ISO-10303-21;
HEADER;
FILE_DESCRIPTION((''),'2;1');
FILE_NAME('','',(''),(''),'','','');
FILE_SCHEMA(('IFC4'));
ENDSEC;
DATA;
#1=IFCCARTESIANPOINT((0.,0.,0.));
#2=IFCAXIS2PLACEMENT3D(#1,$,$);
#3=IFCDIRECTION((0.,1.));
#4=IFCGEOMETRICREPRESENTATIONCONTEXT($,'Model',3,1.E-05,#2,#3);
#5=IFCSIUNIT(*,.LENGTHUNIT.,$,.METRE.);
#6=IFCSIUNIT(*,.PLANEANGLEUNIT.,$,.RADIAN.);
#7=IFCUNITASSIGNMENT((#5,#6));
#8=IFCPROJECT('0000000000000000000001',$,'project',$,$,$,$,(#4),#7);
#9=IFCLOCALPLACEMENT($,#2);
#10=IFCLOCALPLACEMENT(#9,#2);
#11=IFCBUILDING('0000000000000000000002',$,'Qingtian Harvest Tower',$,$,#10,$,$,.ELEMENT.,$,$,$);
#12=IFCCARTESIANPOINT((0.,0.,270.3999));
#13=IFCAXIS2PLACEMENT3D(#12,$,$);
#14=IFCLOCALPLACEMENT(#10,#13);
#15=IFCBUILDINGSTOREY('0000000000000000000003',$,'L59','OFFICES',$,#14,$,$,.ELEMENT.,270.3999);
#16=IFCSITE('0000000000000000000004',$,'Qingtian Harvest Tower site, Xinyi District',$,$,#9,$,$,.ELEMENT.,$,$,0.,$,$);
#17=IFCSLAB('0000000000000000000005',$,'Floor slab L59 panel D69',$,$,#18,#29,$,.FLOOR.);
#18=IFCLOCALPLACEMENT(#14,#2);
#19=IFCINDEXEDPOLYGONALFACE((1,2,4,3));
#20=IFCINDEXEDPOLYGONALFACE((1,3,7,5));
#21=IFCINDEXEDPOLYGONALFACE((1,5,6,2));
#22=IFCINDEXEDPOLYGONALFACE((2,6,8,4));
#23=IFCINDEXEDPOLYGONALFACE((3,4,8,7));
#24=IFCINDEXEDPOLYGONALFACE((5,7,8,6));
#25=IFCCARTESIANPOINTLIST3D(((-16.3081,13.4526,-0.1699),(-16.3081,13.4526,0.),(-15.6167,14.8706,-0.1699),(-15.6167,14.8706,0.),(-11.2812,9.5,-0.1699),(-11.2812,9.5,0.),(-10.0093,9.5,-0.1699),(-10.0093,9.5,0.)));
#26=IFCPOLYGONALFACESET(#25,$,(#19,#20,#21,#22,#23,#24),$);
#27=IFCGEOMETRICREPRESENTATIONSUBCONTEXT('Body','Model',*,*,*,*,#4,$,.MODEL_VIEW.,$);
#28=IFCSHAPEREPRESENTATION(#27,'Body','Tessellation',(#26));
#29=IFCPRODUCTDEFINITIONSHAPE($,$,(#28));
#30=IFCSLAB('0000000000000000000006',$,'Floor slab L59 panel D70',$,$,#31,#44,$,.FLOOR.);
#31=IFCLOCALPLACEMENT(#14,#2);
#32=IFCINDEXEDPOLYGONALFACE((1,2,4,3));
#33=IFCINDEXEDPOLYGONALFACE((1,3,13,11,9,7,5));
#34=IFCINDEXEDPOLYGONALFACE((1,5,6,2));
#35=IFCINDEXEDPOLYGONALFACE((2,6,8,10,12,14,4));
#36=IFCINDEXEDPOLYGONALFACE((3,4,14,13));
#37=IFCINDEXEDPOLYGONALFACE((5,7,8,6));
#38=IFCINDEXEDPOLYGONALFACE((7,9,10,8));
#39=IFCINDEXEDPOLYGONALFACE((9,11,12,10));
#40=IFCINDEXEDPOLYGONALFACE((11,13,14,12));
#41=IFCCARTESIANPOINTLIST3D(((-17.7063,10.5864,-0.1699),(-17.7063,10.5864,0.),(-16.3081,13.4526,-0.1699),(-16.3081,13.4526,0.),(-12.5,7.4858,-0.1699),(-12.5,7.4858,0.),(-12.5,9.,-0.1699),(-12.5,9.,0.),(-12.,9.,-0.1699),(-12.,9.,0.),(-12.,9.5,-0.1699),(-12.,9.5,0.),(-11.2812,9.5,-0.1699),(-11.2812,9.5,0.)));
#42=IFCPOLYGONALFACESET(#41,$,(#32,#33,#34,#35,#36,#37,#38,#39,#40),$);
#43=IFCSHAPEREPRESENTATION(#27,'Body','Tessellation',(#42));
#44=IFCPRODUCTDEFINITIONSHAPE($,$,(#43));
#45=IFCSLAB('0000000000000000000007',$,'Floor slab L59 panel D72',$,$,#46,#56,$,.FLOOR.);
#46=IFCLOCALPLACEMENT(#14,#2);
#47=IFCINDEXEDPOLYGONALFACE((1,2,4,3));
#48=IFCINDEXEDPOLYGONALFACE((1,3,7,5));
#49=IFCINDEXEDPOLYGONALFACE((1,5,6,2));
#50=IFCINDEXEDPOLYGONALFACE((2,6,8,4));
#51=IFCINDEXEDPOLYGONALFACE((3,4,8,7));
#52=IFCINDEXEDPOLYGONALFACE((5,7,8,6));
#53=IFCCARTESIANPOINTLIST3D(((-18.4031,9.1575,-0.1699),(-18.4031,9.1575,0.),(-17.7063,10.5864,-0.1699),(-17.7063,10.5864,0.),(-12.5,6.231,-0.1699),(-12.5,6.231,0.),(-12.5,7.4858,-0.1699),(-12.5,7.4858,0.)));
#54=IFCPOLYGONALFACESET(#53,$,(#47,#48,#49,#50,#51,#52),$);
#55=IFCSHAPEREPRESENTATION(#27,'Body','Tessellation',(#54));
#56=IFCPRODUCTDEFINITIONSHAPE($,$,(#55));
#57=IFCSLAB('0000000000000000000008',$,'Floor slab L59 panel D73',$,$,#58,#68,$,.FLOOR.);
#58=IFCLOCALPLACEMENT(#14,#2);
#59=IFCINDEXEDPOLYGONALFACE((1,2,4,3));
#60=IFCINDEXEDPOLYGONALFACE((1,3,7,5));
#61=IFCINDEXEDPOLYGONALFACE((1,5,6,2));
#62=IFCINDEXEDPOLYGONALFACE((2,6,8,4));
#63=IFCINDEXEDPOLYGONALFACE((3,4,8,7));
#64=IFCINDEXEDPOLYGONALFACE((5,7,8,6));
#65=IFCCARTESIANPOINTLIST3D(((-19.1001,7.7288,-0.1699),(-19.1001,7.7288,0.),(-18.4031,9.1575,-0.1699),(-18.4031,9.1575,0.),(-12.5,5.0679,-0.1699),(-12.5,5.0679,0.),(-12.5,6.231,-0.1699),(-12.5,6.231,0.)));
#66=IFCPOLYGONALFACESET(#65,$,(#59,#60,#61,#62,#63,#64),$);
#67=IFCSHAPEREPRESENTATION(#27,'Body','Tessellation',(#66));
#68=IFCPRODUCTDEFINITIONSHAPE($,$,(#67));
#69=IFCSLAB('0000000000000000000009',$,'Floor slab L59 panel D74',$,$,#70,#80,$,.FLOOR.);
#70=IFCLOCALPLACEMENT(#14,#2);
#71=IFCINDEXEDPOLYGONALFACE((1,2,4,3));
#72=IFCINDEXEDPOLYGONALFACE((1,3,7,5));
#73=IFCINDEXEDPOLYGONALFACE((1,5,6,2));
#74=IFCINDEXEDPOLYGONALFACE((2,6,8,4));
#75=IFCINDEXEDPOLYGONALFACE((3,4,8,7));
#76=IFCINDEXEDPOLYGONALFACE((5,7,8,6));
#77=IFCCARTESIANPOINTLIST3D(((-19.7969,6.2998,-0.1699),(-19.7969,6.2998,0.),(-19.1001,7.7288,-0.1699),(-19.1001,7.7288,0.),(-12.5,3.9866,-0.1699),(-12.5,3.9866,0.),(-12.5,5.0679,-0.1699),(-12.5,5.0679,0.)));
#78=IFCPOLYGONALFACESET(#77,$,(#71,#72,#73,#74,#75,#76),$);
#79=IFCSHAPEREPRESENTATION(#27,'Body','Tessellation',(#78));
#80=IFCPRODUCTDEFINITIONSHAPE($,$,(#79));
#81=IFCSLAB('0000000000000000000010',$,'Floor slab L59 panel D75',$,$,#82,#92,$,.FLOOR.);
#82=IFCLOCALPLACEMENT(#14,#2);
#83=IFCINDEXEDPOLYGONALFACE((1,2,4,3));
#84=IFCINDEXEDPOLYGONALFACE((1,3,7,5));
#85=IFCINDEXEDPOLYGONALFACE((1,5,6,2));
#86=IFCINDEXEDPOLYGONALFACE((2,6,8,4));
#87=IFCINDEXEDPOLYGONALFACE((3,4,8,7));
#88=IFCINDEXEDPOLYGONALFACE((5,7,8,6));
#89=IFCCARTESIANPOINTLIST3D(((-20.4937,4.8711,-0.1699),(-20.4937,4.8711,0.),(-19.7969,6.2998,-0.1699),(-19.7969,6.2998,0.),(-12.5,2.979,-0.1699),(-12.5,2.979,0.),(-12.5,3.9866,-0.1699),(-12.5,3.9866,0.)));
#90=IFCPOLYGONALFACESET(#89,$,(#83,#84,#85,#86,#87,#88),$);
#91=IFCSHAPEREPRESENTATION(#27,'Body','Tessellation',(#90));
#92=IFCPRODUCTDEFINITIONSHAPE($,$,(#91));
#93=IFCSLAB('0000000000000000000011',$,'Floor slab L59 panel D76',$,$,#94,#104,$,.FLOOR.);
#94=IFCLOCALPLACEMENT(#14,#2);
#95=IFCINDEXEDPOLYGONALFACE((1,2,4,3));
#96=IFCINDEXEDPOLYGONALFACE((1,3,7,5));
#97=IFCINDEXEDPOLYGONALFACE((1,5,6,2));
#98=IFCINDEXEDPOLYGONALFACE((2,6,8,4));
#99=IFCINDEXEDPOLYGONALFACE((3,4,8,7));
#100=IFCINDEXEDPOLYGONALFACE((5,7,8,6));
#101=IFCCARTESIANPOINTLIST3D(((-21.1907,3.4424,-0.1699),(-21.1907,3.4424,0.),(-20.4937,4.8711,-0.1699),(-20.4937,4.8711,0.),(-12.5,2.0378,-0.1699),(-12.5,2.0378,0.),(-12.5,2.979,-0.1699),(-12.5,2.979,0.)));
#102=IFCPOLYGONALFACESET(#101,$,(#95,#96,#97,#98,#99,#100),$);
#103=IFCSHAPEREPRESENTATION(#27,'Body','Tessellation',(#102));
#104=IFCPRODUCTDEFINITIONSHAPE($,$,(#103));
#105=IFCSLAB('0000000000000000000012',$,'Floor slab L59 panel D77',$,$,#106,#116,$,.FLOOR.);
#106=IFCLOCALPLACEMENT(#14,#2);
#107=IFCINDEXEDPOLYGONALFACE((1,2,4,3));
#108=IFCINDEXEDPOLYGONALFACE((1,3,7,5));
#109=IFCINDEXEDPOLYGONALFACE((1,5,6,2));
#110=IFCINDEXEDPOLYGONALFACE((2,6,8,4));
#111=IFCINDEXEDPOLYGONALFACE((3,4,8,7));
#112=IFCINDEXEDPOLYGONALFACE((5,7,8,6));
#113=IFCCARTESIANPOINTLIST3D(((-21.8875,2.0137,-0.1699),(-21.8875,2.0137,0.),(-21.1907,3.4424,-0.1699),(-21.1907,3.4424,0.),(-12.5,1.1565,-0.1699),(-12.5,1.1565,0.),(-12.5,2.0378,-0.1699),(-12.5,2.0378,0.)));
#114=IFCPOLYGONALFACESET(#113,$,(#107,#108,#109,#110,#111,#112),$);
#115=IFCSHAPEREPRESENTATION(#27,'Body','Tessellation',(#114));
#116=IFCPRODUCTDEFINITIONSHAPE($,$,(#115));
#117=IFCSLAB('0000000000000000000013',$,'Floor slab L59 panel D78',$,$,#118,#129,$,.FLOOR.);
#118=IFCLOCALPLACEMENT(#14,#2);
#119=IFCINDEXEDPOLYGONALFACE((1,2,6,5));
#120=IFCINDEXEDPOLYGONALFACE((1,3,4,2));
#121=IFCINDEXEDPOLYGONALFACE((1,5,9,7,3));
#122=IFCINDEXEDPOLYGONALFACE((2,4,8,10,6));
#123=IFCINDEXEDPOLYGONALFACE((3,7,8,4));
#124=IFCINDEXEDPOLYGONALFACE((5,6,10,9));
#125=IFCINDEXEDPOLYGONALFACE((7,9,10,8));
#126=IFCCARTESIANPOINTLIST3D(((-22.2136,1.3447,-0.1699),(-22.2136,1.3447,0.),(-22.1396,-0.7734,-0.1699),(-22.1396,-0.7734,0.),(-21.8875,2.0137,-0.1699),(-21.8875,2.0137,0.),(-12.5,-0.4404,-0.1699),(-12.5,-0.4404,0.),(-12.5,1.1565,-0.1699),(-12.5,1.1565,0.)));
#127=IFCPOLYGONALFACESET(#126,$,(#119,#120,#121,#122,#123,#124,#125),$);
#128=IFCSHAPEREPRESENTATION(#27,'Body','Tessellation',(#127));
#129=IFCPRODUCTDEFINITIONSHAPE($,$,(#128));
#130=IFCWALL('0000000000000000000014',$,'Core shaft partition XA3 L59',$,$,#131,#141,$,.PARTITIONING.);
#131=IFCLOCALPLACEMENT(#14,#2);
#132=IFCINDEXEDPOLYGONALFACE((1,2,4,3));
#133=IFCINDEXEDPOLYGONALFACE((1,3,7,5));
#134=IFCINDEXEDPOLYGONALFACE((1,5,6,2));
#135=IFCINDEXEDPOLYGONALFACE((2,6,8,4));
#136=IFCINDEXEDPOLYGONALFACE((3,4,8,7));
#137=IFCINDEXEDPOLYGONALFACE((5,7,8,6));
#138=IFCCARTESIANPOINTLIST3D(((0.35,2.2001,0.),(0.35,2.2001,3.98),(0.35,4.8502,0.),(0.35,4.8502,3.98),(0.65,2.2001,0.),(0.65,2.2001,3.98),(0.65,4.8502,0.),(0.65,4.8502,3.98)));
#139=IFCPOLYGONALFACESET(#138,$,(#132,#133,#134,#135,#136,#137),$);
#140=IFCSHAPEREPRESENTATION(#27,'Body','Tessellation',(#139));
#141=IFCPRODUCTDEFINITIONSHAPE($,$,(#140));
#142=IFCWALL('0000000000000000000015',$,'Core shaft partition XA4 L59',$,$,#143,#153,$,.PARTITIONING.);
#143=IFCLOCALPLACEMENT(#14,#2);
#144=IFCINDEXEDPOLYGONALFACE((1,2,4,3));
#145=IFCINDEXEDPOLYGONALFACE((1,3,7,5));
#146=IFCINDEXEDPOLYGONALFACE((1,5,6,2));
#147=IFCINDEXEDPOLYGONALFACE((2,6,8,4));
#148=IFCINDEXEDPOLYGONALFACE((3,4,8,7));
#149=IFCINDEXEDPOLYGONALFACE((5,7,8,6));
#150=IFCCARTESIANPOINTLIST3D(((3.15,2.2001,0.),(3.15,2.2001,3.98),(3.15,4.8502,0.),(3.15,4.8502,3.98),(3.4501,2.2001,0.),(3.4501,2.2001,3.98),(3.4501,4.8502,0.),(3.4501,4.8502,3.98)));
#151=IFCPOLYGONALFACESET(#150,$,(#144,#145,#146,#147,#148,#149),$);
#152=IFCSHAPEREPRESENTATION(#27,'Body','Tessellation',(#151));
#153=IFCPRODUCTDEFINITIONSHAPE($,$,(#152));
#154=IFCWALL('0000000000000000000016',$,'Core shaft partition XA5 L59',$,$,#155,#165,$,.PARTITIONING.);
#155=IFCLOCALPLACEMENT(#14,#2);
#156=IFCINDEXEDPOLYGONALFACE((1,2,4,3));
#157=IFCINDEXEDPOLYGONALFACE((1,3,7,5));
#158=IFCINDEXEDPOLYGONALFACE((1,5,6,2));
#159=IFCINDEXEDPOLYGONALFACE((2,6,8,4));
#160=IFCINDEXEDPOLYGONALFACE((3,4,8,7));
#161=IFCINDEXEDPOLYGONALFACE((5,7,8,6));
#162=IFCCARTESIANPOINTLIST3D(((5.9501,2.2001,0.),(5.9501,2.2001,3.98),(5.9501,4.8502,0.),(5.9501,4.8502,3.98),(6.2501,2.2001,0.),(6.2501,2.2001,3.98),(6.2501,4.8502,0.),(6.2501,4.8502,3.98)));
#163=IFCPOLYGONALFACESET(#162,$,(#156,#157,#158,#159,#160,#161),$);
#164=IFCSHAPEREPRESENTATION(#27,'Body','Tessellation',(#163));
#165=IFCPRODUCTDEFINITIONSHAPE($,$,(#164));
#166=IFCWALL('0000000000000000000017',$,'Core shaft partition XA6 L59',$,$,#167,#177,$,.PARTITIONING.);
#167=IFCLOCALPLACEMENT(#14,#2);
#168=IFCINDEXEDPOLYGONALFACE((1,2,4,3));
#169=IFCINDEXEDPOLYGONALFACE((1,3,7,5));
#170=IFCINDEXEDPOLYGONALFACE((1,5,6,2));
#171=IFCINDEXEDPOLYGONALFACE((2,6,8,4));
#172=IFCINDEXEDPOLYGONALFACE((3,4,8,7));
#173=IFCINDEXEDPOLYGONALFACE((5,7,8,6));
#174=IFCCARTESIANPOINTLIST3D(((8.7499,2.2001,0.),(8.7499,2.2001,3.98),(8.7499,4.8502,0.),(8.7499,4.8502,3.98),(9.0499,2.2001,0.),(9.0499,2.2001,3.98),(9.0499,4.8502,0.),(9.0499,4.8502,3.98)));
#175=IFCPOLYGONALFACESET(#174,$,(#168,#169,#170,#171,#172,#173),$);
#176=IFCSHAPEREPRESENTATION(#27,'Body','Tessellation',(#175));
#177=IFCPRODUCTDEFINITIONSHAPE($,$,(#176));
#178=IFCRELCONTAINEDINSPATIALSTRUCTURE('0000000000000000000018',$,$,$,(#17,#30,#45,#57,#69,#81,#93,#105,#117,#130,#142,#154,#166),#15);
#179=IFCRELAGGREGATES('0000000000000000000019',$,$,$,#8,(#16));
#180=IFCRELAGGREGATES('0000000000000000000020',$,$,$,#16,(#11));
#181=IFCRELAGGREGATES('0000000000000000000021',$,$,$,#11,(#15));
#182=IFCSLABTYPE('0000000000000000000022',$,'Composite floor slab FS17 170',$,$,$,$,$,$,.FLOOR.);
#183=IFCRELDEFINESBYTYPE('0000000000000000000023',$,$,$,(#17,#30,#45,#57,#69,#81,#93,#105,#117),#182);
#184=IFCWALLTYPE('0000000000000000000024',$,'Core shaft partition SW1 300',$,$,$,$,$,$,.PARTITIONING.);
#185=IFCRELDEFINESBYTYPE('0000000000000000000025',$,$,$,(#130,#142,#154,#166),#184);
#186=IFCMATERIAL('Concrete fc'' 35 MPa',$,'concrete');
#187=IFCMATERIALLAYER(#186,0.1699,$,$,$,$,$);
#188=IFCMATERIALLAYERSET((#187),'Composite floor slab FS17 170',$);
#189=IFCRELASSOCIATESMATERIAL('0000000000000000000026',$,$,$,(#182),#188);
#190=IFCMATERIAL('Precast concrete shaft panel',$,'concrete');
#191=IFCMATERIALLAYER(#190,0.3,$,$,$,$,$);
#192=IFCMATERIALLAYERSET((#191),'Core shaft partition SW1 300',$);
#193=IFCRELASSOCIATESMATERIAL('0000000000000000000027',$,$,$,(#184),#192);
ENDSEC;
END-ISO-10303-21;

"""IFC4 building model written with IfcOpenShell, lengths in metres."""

from ifc_helpers import new_model, si_unit, direction, frame, frame_2d, origin, place, context, subcontext, project, spatial, polyline, rectangle, outline, extrude, material, layer, layer_set, type_object, element, save


model = new_model("IFC4")

# Units and contexts
model_context = context("Model", 3, precision=1e-05, world=origin(), true_north=direction((0.0, 1.0)))
body_context = subcontext(model_context, "Body", "Model", "MODEL_VIEW")
ifc_project = project(units=[si_unit("LENGTHUNIT", "METRE"), si_unit("PLANEANGLEUNIT", "RADIAN")], contexts=[model_context])

# Site, building, storey
site_placement = place(None, origin())
site = spatial("IfcSite", under=ifc_project, at=site_placement, Name="Qingtian Harvest Tower site, Xinyi District", CompositionType="ELEMENT", RefElevation=0.0)
building_placement = place(site_placement, origin())
building = spatial("IfcBuilding", under=site, at=building_placement, Name="Qingtian Harvest Tower", CompositionType="ELEMENT")
storey_placement = place(building_placement, frame((0.0, 0.0, 270.3999)))
storey = spatial("IfcBuildingStorey", under=building, at=storey_placement, Name="L59", Description="OFFICES", CompositionType="ELEMENT", Elevation=270.3999)

# Slabs
ifc_material_1 = material(Name="Concrete fc' 35 MPa", Category="concrete")
ifc_layer_1 = layer(ifc_material_1, 0.1699)
ifc_layer_set_1 = layer_set([ifc_layer_1], Name="Composite floor slab FS17 170")
slab_type = type_object("IfcSlabType", Name="Composite floor slab FS17 170", PredefinedType="FLOOR", material=ifc_layer_set_1)
slab_1_placement = place(storey_placement, frame((0.0, 0.0, -0.1699)))
element("IfcSlab", 1, at=slab_1_placement, inside=storey, type_object=slab_type, Name="Floor slab L59 panel D69", PredefinedType="FLOOR", context=body_context, shape_type="SweptSolid", body=[
    extrude(outline(polyline([(-11.2812, 9.5), (-16.3081, 13.4526), (-15.6167, 14.8706), (-10.0093, 9.5), (-11.2812, 9.5)])), origin(), (0.0, 0.0, 1.0), 0.1699),
])
slab_2_placement = place(storey_placement, frame((0.0, 0.0, -0.1699)))
element("IfcSlab", 2, at=slab_2_placement, inside=storey, type_object=slab_type, Name="Floor slab L59 panel D70", PredefinedType="FLOOR", context=body_context, shape_type="SweptSolid", body=[
    extrude(outline(polyline([(-12.0, 9.0), (-12.5, 9.0), (-12.5, 7.4858), (-17.7063, 10.5864), (-16.3081, 13.4526), (-11.2812, 9.5), (-12.0, 9.5), (-12.0, 9.0)])), origin(), (0.0, 0.0, 1.0), 0.1699),
])
slab_3_placement = place(storey_placement, frame((0.0, 0.0, -0.1699)))
element("IfcSlab", 3, at=slab_3_placement, inside=storey, type_object=slab_type, Name="Floor slab L59 panel D72", PredefinedType="FLOOR", context=body_context, shape_type="SweptSolid", body=[
    extrude(outline(polyline([(-12.5, 6.231), (-18.4031, 9.1575), (-17.7063, 10.5864), (-12.5, 7.4858), (-12.5, 6.231)])), origin(), (0.0, 0.0, 1.0), 0.1699),
])
slab_4_placement = place(storey_placement, frame((0.0, 0.0, -0.1699)))
element("IfcSlab", 4, at=slab_4_placement, inside=storey, type_object=slab_type, Name="Floor slab L59 panel D73", PredefinedType="FLOOR", context=body_context, shape_type="SweptSolid", body=[
    extrude(outline(polyline([(-12.5, 5.0679), (-19.1001, 7.7288), (-18.4031, 9.1575), (-12.5, 6.231), (-12.5, 5.0679)])), origin(), (0.0, 0.0, 1.0), 0.1699),
])
slab_5_placement = place(storey_placement, frame((0.0, 0.0, -0.1699)))
element("IfcSlab", 5, at=slab_5_placement, inside=storey, type_object=slab_type, Name="Floor slab L59 panel D74", PredefinedType="FLOOR", context=body_context, shape_type="SweptSolid", body=[
    extrude(outline(polyline([(-12.5, 3.9866), (-19.7969, 6.2998), (-19.1001, 7.7288), (-12.5, 5.0679), (-12.5, 3.9866)])), origin(), (0.0, 0.0, 1.0), 0.1699),
])
slab_6_placement = place(storey_placement, frame((0.0, 0.0, -0.1699)))
element("IfcSlab", 6, at=slab_6_placement, inside=storey, type_object=slab_type, Name="Floor slab L59 panel D75", PredefinedType="FLOOR", context=body_context, shape_type="SweptSolid", body=[
    extrude(outline(polyline([(-12.5, 2.979), (-20.4937, 4.8711), (-19.7969, 6.2998), (-12.5, 3.9866), (-12.5, 2.979)])), origin(), (0.0, 0.0, 1.0), 0.1699),
])
slab_7_placement = place(storey_placement, frame((0.0, 0.0, -0.1699)))
element("IfcSlab", 7, at=slab_7_placement, inside=storey, type_object=slab_type, Name="Floor slab L59 panel D76", PredefinedType="FLOOR", context=body_context, shape_type="SweptSolid", body=[
    extrude(outline(polyline([(-12.5, 2.0378), (-21.1907, 3.4424), (-20.4937, 4.8711), (-12.5, 2.979), (-12.5, 2.0378)])), origin(), (0.0, 0.0, 1.0), 0.1699),
])
slab_8_placement = place(storey_placement, frame((0.0, 0.0, -0.1699)))
element("IfcSlab", 8, at=slab_8_placement, inside=storey, type_object=slab_type, Name="Floor slab L59 panel D77", PredefinedType="FLOOR", context=body_context, shape_type="SweptSolid", body=[
    extrude(outline(polyline([(-12.5, 1.1565), (-21.8875, 2.0137), (-21.1907, 3.4424), (-12.5, 2.0378), (-12.5, 1.1565)])), origin(), (0.0, 0.0, 1.0), 0.1699),
])
slab_9_placement = place(storey_placement, frame((0.0, 0.0, -0.1699)))
element("IfcSlab", 9, at=slab_9_placement, inside=storey, type_object=slab_type, Name="Floor slab L59 panel D78", PredefinedType="FLOOR", context=body_context, shape_type="SweptSolid", body=[
    extrude(outline(polyline([(-12.5, 1.1565), (-12.5, -0.4404), (-22.1396, -0.7734), (-22.2136, 1.3447), (-21.8875, 2.0137), (-12.5, 1.1565)])), origin(), (0.0, 0.0, 1.0), 0.1699),
])

# Shared definitions
ifc_material_2 = material(Name="Precast concrete shaft panel", Category="concrete")
ifc_layer_2 = layer(ifc_material_2, 0.3)
ifc_layer_set_2 = layer_set([ifc_layer_2], Name="Core shaft partition SW1 300")
wall_type_1 = type_object("IfcWallType", Name="Core shaft partition SW1 300", PredefinedType="PARTITIONING", material=ifc_layer_set_2)

# Walls
for number, where, z_axis, x_axis, name in (
    (10, (0.5, 2.2, 0.0), (0.0, 0.0, 1.0), (0.0, 1.0, 0.0), "Core shaft partition XA3 L59"),
    (11, (3.3, 2.2, 0.0), (0.0, 0.0, 1.0), (0.0, 1.0, 0.0), "Core shaft partition XA4 L59"),
    (12, (6.1001, 2.2, 0.0), (0.0, 0.0, 1.0), (0.0, 1.0, 0.0), "Core shaft partition XA5 L59"),
    (13, (8.8999, 2.2, 0.0), (0.0, 0.0, 1.0), (0.0, 1.0, 0.0), "Core shaft partition XA6 L59"),
):
    element("IfcWall", number, at=place(storey_placement, frame(where, z_axis=z_axis, x_axis=x_axis)), inside=storey, type_object=wall_type_1, Name=name, PredefinedType="PARTITIONING", context=body_context, shape_type="SweptSolid", body=[
        extrude(rectangle(XDim=2.6501, YDim=0.3, at=frame_2d((1.3252, 0.0))), origin(), (0.0, 0.0, 1.0), 3.98),
    ])

save(model, "model.ifc")
